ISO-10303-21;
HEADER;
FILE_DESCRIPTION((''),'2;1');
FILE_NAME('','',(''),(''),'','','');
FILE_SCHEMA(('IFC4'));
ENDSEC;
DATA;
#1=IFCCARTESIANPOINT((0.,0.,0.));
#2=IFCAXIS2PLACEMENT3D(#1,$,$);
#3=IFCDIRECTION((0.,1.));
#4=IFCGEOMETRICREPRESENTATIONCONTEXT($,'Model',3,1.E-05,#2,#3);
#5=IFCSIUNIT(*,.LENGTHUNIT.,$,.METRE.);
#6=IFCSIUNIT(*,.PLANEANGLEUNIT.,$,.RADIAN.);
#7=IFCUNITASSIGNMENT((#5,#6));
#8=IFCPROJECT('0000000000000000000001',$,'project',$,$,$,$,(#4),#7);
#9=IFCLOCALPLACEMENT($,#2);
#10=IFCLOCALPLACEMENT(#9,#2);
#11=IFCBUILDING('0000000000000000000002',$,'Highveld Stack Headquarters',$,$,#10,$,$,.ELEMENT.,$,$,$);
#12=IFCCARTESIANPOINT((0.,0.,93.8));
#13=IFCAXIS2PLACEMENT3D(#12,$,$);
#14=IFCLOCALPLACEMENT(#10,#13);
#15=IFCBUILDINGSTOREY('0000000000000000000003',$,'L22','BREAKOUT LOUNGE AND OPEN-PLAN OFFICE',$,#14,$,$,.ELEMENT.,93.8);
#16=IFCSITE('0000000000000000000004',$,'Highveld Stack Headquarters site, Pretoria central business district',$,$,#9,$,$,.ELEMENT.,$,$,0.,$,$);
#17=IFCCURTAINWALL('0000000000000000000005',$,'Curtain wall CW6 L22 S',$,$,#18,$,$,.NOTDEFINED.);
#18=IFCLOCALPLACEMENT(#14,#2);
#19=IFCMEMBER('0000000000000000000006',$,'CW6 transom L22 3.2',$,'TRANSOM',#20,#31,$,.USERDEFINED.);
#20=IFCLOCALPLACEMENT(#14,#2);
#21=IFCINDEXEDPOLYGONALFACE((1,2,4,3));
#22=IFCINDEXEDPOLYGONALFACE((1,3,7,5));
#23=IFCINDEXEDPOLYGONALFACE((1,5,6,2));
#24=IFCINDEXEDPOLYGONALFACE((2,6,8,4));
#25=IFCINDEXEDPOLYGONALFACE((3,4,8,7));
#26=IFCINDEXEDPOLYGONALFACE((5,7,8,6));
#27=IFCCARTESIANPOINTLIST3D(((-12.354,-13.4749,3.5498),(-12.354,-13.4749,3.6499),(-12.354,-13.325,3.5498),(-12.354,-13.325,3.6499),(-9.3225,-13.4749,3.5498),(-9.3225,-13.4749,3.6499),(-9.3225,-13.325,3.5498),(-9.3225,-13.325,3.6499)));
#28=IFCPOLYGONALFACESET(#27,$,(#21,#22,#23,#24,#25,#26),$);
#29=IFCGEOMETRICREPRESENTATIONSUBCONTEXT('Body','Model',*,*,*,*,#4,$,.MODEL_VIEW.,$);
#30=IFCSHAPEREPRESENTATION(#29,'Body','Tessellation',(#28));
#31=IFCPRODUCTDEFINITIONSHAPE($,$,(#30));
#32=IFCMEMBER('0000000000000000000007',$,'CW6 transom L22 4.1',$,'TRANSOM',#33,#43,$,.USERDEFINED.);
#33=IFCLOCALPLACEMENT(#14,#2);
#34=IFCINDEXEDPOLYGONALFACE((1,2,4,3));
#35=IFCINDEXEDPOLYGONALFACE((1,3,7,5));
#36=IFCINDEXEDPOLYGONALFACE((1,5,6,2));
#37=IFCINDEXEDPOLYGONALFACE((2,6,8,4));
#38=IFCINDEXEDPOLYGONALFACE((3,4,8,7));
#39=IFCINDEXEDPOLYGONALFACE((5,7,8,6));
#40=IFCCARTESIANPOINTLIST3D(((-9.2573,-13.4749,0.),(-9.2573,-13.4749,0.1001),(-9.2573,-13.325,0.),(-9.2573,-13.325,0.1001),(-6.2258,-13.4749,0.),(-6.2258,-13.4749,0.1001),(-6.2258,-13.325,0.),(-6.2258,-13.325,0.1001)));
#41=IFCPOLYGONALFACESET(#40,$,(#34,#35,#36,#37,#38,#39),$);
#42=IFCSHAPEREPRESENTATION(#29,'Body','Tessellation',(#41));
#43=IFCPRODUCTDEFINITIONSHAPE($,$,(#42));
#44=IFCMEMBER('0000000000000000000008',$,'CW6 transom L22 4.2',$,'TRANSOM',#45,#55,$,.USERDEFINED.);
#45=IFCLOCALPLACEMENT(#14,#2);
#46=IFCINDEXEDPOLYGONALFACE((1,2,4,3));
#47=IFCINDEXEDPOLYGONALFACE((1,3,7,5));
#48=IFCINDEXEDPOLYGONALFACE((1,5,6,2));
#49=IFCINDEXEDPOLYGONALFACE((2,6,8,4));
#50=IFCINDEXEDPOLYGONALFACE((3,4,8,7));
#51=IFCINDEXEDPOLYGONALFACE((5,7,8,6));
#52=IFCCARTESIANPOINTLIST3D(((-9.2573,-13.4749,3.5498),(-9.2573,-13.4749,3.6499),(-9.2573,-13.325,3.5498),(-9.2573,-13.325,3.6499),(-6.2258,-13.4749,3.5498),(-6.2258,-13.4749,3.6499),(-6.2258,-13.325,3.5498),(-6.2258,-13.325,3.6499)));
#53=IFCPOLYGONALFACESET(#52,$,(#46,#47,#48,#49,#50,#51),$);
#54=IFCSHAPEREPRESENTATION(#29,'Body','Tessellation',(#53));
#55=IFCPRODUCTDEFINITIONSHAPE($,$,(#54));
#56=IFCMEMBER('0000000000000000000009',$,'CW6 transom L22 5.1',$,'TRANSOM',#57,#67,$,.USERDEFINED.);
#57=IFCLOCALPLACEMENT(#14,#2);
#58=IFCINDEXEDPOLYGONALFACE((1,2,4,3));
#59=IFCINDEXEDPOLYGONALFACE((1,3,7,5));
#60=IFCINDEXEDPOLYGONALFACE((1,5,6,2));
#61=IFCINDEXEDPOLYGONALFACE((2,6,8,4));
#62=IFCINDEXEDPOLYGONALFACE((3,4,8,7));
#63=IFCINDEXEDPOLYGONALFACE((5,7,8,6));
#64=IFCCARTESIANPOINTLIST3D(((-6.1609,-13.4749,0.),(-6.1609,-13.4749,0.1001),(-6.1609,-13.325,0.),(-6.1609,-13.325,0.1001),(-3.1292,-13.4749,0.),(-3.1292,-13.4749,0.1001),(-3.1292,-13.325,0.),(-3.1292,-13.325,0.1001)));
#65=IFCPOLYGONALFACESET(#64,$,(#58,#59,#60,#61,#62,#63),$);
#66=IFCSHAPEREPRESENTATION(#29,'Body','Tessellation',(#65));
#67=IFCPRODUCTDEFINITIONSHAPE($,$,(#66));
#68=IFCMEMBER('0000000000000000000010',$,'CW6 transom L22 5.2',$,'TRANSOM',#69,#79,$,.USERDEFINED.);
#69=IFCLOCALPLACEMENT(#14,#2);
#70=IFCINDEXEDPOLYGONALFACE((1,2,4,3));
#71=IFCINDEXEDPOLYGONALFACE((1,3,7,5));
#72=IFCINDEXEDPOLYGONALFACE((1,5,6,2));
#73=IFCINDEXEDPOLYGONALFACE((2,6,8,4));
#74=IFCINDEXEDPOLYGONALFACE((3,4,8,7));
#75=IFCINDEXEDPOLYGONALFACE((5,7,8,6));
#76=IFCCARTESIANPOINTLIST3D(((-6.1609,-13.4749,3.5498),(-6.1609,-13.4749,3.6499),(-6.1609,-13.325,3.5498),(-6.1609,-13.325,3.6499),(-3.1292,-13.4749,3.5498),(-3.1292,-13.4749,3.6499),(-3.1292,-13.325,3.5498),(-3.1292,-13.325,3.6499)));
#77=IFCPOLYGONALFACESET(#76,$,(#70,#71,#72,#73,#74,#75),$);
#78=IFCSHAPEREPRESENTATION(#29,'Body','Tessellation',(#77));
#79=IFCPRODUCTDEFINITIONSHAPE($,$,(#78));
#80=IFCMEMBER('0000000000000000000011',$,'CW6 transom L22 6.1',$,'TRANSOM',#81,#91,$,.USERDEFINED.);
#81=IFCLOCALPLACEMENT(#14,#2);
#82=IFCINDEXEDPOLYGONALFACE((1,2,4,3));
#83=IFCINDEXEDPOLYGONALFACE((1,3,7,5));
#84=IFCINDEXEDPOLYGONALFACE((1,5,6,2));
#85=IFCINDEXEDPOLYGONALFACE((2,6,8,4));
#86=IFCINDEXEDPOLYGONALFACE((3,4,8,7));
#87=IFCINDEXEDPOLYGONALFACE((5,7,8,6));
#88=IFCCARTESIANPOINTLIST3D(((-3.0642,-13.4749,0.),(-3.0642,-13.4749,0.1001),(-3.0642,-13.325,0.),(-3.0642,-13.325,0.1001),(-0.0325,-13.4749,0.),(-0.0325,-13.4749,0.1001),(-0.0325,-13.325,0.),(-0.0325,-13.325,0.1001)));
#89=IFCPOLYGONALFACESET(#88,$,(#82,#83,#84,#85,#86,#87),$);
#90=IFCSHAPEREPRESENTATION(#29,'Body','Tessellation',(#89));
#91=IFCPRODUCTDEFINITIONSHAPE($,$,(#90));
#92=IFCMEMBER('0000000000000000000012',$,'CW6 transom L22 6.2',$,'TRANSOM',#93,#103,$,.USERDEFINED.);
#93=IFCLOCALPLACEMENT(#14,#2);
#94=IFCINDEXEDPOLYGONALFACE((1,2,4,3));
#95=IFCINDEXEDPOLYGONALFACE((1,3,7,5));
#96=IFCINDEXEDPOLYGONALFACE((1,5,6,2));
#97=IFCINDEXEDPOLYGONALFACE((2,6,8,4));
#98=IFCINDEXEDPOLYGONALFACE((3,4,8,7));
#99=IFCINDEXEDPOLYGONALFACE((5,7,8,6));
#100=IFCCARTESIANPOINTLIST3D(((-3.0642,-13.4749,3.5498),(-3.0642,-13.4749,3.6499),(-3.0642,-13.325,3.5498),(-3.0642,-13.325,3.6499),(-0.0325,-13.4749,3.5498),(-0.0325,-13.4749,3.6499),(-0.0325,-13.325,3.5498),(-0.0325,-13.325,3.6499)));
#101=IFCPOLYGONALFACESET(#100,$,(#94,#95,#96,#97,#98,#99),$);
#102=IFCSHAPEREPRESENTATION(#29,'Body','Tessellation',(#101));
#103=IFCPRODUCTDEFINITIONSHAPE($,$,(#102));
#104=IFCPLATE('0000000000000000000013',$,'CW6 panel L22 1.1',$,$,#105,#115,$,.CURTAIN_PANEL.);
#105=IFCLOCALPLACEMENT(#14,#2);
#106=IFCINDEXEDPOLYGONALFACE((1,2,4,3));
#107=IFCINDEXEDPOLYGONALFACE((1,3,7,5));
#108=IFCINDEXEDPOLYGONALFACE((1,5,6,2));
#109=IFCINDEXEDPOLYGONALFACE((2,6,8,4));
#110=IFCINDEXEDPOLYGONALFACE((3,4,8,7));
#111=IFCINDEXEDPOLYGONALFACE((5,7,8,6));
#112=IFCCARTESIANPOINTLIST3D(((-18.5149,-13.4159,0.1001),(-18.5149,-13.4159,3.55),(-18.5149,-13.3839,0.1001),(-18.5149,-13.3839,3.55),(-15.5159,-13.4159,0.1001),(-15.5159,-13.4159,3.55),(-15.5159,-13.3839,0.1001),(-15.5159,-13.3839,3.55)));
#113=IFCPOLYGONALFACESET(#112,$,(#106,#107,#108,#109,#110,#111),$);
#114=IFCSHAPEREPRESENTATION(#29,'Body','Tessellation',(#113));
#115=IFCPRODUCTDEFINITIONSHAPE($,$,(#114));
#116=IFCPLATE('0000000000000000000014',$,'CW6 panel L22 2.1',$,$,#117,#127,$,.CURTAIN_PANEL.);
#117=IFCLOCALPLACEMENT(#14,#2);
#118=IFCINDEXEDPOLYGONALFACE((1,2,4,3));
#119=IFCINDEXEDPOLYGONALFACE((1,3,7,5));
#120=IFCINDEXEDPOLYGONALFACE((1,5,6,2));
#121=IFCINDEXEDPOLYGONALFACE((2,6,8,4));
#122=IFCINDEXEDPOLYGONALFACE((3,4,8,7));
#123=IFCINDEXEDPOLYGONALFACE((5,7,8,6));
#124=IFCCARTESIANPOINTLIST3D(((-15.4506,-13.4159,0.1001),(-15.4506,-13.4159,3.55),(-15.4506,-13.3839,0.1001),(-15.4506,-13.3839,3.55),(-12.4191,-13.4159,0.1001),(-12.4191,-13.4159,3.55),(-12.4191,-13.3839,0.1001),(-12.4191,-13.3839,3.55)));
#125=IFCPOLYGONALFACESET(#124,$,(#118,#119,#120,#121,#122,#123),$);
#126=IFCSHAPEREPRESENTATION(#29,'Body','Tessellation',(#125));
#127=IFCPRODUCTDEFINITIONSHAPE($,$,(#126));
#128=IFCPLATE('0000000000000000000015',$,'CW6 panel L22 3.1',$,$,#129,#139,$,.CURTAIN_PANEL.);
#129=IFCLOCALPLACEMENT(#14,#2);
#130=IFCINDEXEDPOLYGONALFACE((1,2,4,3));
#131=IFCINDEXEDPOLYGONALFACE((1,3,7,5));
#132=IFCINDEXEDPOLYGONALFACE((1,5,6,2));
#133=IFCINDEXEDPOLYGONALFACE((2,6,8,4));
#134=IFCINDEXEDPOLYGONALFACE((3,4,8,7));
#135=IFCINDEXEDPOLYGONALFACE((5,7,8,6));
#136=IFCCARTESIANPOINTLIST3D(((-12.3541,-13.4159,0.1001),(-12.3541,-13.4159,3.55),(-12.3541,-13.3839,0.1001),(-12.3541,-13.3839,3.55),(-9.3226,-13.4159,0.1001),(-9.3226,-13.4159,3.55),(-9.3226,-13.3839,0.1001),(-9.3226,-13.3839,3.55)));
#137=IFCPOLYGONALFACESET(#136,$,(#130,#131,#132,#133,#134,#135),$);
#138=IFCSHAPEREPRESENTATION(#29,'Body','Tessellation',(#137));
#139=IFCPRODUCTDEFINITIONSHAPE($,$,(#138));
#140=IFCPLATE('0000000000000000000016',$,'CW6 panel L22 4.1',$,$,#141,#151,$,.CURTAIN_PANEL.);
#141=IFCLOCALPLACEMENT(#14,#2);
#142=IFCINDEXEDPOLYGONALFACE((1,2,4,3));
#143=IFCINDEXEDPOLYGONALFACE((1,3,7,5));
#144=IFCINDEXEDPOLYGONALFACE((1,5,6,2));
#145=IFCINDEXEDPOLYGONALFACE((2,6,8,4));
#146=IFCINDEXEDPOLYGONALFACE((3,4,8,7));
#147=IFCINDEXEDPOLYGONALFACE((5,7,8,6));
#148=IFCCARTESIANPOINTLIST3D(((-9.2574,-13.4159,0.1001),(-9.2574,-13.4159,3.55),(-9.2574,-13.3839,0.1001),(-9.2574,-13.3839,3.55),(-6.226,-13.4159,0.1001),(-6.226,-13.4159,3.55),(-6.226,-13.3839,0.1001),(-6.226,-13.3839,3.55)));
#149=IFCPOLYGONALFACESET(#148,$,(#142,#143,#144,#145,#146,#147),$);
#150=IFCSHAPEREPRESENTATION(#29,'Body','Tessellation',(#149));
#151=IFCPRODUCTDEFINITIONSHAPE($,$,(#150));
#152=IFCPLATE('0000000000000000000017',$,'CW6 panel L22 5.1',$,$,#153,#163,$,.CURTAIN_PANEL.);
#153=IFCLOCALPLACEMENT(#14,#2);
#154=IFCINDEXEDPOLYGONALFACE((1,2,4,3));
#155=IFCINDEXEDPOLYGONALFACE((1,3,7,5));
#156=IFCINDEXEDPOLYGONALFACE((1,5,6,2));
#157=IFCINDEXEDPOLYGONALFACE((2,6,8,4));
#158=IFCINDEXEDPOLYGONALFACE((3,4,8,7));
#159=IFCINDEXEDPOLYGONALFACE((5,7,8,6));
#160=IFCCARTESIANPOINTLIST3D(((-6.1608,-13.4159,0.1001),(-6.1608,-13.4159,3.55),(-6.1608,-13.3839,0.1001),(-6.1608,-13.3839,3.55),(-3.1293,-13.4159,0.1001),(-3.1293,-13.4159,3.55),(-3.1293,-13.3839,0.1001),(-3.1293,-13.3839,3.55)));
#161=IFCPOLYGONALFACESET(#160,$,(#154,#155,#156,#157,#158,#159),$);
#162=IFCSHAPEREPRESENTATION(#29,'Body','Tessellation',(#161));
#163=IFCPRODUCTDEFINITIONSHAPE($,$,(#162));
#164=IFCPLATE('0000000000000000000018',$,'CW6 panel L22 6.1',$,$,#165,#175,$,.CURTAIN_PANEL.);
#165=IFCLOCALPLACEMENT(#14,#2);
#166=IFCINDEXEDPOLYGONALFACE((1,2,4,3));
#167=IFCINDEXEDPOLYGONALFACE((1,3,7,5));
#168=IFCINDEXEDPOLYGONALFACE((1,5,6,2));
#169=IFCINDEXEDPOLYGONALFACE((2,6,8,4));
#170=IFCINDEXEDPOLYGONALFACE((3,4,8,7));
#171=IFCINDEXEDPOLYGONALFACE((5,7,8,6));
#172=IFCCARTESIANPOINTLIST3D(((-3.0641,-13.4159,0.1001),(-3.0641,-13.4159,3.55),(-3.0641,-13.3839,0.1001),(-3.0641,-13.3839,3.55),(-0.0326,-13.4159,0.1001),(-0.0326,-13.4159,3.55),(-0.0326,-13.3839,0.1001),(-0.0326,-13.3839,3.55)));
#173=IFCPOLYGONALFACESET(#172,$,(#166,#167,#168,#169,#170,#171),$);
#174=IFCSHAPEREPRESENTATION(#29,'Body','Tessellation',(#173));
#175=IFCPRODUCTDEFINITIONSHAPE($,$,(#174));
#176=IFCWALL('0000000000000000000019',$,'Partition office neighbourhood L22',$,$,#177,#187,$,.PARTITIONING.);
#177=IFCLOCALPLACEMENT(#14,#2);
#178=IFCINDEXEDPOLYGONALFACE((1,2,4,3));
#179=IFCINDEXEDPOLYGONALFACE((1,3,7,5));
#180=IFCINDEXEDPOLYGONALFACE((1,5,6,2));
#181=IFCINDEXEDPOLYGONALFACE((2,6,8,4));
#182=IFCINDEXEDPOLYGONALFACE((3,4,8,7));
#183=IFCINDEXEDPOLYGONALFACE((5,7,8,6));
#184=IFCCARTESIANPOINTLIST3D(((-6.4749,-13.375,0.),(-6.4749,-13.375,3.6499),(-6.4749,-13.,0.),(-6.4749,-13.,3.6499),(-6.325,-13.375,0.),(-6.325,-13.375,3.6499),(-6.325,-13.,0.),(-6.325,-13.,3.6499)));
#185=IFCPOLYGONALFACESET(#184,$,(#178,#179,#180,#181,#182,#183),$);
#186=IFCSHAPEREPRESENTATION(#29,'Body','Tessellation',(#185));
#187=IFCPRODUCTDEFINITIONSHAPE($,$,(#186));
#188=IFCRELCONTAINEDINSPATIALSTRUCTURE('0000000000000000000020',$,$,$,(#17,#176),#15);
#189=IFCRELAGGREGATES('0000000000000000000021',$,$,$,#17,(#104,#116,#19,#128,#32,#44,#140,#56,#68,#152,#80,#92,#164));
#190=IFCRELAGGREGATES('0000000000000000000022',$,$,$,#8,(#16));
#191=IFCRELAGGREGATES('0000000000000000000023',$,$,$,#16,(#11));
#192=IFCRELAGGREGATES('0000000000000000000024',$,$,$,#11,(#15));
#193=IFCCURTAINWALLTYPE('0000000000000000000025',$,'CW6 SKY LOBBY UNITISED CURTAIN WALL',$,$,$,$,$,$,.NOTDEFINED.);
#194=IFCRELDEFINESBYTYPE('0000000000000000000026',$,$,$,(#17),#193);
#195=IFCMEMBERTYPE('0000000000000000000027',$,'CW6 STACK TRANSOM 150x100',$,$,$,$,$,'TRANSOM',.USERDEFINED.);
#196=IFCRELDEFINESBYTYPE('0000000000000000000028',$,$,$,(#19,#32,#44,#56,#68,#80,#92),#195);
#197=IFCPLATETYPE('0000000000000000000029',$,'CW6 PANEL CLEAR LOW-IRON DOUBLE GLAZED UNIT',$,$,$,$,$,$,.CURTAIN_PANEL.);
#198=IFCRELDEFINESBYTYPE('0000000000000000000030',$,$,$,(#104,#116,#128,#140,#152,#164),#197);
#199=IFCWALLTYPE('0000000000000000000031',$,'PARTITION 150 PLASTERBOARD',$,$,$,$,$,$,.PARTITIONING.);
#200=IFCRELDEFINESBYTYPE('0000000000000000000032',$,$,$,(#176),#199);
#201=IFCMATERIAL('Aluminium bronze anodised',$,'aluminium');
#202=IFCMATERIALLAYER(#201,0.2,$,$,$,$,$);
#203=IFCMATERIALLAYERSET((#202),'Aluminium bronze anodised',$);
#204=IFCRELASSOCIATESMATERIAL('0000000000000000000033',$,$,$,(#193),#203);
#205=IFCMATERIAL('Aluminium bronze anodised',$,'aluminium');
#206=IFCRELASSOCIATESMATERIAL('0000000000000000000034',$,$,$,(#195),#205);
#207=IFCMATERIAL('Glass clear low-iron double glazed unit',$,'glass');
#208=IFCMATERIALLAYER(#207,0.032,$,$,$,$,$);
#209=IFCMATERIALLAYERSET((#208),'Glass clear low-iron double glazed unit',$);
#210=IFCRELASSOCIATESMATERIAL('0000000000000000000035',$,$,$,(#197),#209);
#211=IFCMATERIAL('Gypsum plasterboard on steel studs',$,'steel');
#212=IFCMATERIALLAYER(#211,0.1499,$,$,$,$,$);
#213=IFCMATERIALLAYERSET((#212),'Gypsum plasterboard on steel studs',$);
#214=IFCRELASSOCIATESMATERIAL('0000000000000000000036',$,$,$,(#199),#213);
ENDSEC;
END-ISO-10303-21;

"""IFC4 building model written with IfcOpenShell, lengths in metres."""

from ifc_helpers import new_model, si_unit, direction, frame, frame_2d, origin, origin_2d, place, context, subcontext, project, spatial, rectangle, extrude, material, layer, layer_set, material_profile, profile_set, type_object, element, aggregate, save


model = new_model("IFC4")

# Units and contexts
model_context = context("Model", 3, precision=1e-05, world=origin(), true_north=direction((0.0, 1.0)))
body_context = subcontext(model_context, "Body", "Model", "MODEL_VIEW")
ifc_project = project(units=[si_unit("LENGTHUNIT", "METRE"), si_unit("PLANEANGLEUNIT", "RADIAN")], contexts=[model_context])

# Site, building, storey
site_placement = place(None, origin())
site = spatial("IfcSite", under=ifc_project, at=site_placement, Name="Highveld Stack Headquarters site, Pretoria central business district", CompositionType="ELEMENT", RefElevation=0.0)
building_placement = place(site_placement, origin())
building = spatial("IfcBuilding", under=site, at=building_placement, Name="Highveld Stack Headquarters", CompositionType="ELEMENT")
storey_placement = place(building_placement, frame((0.0, 0.0, 93.8)))
storey = spatial("IfcBuildingStorey", under=building, at=storey_placement, Name="L22", Description="BREAKOUT LOUNGE AND OPEN-PLAN OFFICE", CompositionType="ELEMENT", Elevation=93.8)

# Curtain wall, members, plates
ifc_material_1 = material(Name="Aluminium bronze anodised", Category="aluminium")
ifc_layer_1 = layer(ifc_material_1, 0.2)
ifc_layer_set_1 = layer_set([ifc_layer_1], Name="Aluminium bronze anodised")
curtain_wall_type = type_object("IfcCurtainWallType", Name="CW6 SKY LOBBY UNITISED CURTAIN WALL", PredefinedType="NOTDEFINED", material=ifc_layer_set_1)
curtain_wall_placement = place(storey_placement, origin())
curtain_wall = element("IfcCurtainWall", 1, at=curtain_wall_placement, inside=storey, type_object=curtain_wall_type, Name="Curtain wall CW6 L22 S", PredefinedType="NOTDEFINED")
ifc_material_2 = material(Name="Aluminium bronze anodised", Category="aluminium")
ifc_material_profile_1 = material_profile(ifc_material_2, rectangle(XDim=0.1499, YDim=0.1001, at=origin_2d()), Name="CW6 TRANSOM 150x100")
ifc_profile_set_1 = profile_set([ifc_material_profile_1], Name="Aluminium bronze anodised")
member_type_1 = type_object("IfcMemberType", Name="CW6 STACK TRANSOM 150x100", ElementType="TRANSOM", PredefinedType="USERDEFINED", material=ifc_profile_set_1)
member_1_placement = place(storey_placement, frame((-12.354, -13.3999, 3.5999), z_axis=(1.0, 0.0, 0.0), x_axis=(0.0, 1.0, 0.0)))
member_1 = element("IfcMember", 2, at=member_1_placement, type_object=member_type_1, Name="CW6 transom L22 3.2", ObjectType="TRANSOM", PredefinedType="USERDEFINED", context=body_context, shape_type="SweptSolid", body=[
    extrude(rectangle(XDim=0.1499, YDim=0.1001, at=origin_2d()), origin(), (0.0, 0.0, 1.0), 3.0315),
])
member_2_placement = place(storey_placement, frame((-9.2573, -13.3999, 0.05), z_axis=(1.0, 0.0, 0.0), x_axis=(0.0, 1.0, 0.0)))
member_2 = element("IfcMember", 3, at=member_2_placement, type_object=member_type_1, Name="CW6 transom L22 4.1", ObjectType="TRANSOM", PredefinedType="USERDEFINED", context=body_context, shape_type="SweptSolid", body=[
    extrude(rectangle(XDim=0.1499, YDim=0.1001, at=origin_2d()), origin(), (0.0, 0.0, 1.0), 3.0315),
])
member_3_placement = place(storey_placement, frame((-9.2573, -13.3999, 3.5999), z_axis=(1.0, 0.0, 0.0), x_axis=(0.0, 1.0, 0.0)))
member_3 = element("IfcMember", 4, at=member_3_placement, type_object=member_type_1, Name="CW6 transom L22 4.2", ObjectType="TRANSOM", PredefinedType="USERDEFINED", context=body_context, shape_type="SweptSolid", body=[
    extrude(rectangle(XDim=0.1499, YDim=0.1001, at=origin_2d()), origin(), (0.0, 0.0, 1.0), 3.0315),
])
member_4_placement = place(storey_placement, frame((-6.1609, -13.3999, 0.05), z_axis=(1.0, 0.0, 0.0), x_axis=(0.0, 1.0, 0.0)))
member_4 = element("IfcMember", 5, at=member_4_placement, type_object=member_type_1, Name="CW6 transom L22 5.1", ObjectType="TRANSOM", PredefinedType="USERDEFINED", context=body_context, shape_type="SweptSolid", body=[
    extrude(rectangle(XDim=0.1499, YDim=0.1001, at=origin_2d()), origin(), (0.0, 0.0, 1.0), 3.0317),
])
member_5_placement = place(storey_placement, frame((-6.1609, -13.3999, 3.5999), z_axis=(1.0, 0.0, 0.0), x_axis=(0.0, 1.0, 0.0)))
member_5 = element("IfcMember", 6, at=member_5_placement, type_object=member_type_1, Name="CW6 transom L22 5.2", ObjectType="TRANSOM", PredefinedType="USERDEFINED", context=body_context, shape_type="SweptSolid", body=[
    extrude(rectangle(XDim=0.1499, YDim=0.1001, at=origin_2d()), origin(), (0.0, 0.0, 1.0), 3.0317),
])
member_6_placement = place(storey_placement, frame((-3.0642, -13.3999, 0.05), z_axis=(1.0, 0.0, 0.0), x_axis=(0.0, 1.0, 0.0)))
member_6 = element("IfcMember", 7, at=member_6_placement, type_object=member_type_1, Name="CW6 transom L22 6.1", ObjectType="TRANSOM", PredefinedType="USERDEFINED", context=body_context, shape_type="SweptSolid", body=[
    extrude(rectangle(XDim=0.1499, YDim=0.1001, at=origin_2d()), origin(), (0.0, 0.0, 1.0), 3.0317),
])
member_7_placement = place(storey_placement, frame((-3.0642, -13.3999, 3.5999), z_axis=(1.0, 0.0, 0.0), x_axis=(0.0, 1.0, 0.0)))
member_7 = element("IfcMember", 8, at=member_7_placement, type_object=member_type_1, Name="CW6 transom L22 6.2", ObjectType="TRANSOM", PredefinedType="USERDEFINED", context=body_context, shape_type="SweptSolid", body=[
    extrude(rectangle(XDim=0.1499, YDim=0.1001, at=origin_2d()), origin(), (0.0, 0.0, 1.0), 3.0317),
])
ifc_material_3 = material(Name="Glass clear low-iron double glazed unit", Category="glass")
ifc_layer_2 = layer(ifc_material_3, 0.032)
ifc_layer_set_2 = layer_set([ifc_layer_2], Name="Glass clear low-iron double glazed unit")
plate_type = type_object("IfcPlateType", Name="CW6 PANEL CLEAR LOW-IRON DOUBLE GLAZED UNIT", PredefinedType="CURTAIN_PANEL", material=ifc_layer_set_2)
plate_1_placement = place(storey_placement, frame((-17.0154, -13.3999, 0.1001), z_axis=(0.0, 0.0, 1.0), x_axis=(1.0, 0.0, 0.0)))
plate_1 = element("IfcPlate", 9, at=plate_1_placement, type_object=plate_type, Name="CW6 panel L22 1.1", PredefinedType="CURTAIN_PANEL", context=body_context, shape_type="SweptSolid", body=[
    extrude(rectangle(XDim=2.999, YDim=0.032, at=origin_2d()), origin(), (0.0, 0.0, 1.0), 3.45),
])
plate_2_placement = place(storey_placement, frame((-13.9348, -13.3999, 0.1001), z_axis=(0.0, 0.0, 1.0), x_axis=(1.0, 0.0, 0.0)))
plate_2 = element("IfcPlate", 10, at=plate_2_placement, type_object=plate_type, Name="CW6 panel L22 2.1", PredefinedType="CURTAIN_PANEL", context=body_context, shape_type="SweptSolid", body=[
    extrude(rectangle(XDim=3.0315, YDim=0.032, at=origin_2d()), origin(), (0.0, 0.0, 1.0), 3.45),
])
plate_3_placement = place(storey_placement, frame((-10.8384, -13.3999, 0.1001), z_axis=(0.0, 0.0, 1.0), x_axis=(1.0, 0.0, 0.0)))
plate_3 = element("IfcPlate", 11, at=plate_3_placement, type_object=plate_type, Name="CW6 panel L22 3.1", PredefinedType="CURTAIN_PANEL", context=body_context, shape_type="SweptSolid", body=[
    extrude(rectangle(XDim=3.0315, YDim=0.032, at=origin_2d()), origin(), (0.0, 0.0, 1.0), 3.45),
])
plate_4_placement = place(storey_placement, frame((-7.7417, -13.3999, 0.1001), z_axis=(0.0, 0.0, 1.0), x_axis=(1.0, 0.0, 0.0)))
plate_4 = element("IfcPlate", 12, at=plate_4_placement, type_object=plate_type, Name="CW6 panel L22 4.1", PredefinedType="CURTAIN_PANEL", context=body_context, shape_type="SweptSolid", body=[
    extrude(rectangle(XDim=3.0315, YDim=0.032, at=origin_2d()), origin(), (0.0, 0.0, 1.0), 3.45),
])
plate_5_placement = place(storey_placement, frame((-4.645, -13.3999, 0.1001), z_axis=(0.0, 0.0, 1.0), x_axis=(1.0, 0.0, 0.0)))
plate_5 = element("IfcPlate", 13, at=plate_5_placement, type_object=plate_type, Name="CW6 panel L22 5.1", PredefinedType="CURTAIN_PANEL", context=body_context, shape_type="SweptSolid", body=[
    extrude(rectangle(XDim=3.0315, YDim=0.032, at=origin_2d()), origin(), (0.0, 0.0, 1.0), 3.45),
])
plate_6_placement = place(storey_placement, frame((-1.5483, -13.3999, 0.1001), z_axis=(0.0, 0.0, 1.0), x_axis=(1.0, 0.0, 0.0)))
plate_6 = element("IfcPlate", 14, at=plate_6_placement, type_object=plate_type, Name="CW6 panel L22 6.1", PredefinedType="CURTAIN_PANEL", context=body_context, shape_type="SweptSolid", body=[
    extrude(rectangle(XDim=3.0315, YDim=0.032, at=origin_2d()), origin(), (0.0, 0.0, 1.0), 3.45),
])
aggregate(curtain_wall, [plate_1, plate_2, member_1, plate_3, member_2, member_3, plate_4, member_4, member_5, plate_5, member_6, member_7, plate_6])

# Wall
ifc_material_4 = material(Name="Gypsum plasterboard on steel studs", Category="steel")
ifc_layer_3 = layer(ifc_material_4, 0.1499)
ifc_layer_set_3 = layer_set([ifc_layer_3], Name="Gypsum plasterboard on steel studs")
wall_type = type_object("IfcWallType", Name="PARTITION 150 PLASTERBOARD", PredefinedType="PARTITIONING", material=ifc_layer_set_3)
wall_placement = place(storey_placement, frame((-6.3999, -13.375, 0.0), z_axis=(0.0, 0.0, 1.0), x_axis=(0.0, 1.0, 0.0)))
element("IfcWall", 15, at=wall_placement, inside=storey, type_object=wall_type, Name="Partition office neighbourhood L22", PredefinedType="PARTITIONING", context=body_context, shape_type="SweptSolid", body=[
    extrude(rectangle(XDim=0.375, YDim=0.1499, at=frame_2d((0.1875, 0.0))), origin(), (0.0, 0.0, 1.0), 3.6499),
])

save(model, "model.ifc")
